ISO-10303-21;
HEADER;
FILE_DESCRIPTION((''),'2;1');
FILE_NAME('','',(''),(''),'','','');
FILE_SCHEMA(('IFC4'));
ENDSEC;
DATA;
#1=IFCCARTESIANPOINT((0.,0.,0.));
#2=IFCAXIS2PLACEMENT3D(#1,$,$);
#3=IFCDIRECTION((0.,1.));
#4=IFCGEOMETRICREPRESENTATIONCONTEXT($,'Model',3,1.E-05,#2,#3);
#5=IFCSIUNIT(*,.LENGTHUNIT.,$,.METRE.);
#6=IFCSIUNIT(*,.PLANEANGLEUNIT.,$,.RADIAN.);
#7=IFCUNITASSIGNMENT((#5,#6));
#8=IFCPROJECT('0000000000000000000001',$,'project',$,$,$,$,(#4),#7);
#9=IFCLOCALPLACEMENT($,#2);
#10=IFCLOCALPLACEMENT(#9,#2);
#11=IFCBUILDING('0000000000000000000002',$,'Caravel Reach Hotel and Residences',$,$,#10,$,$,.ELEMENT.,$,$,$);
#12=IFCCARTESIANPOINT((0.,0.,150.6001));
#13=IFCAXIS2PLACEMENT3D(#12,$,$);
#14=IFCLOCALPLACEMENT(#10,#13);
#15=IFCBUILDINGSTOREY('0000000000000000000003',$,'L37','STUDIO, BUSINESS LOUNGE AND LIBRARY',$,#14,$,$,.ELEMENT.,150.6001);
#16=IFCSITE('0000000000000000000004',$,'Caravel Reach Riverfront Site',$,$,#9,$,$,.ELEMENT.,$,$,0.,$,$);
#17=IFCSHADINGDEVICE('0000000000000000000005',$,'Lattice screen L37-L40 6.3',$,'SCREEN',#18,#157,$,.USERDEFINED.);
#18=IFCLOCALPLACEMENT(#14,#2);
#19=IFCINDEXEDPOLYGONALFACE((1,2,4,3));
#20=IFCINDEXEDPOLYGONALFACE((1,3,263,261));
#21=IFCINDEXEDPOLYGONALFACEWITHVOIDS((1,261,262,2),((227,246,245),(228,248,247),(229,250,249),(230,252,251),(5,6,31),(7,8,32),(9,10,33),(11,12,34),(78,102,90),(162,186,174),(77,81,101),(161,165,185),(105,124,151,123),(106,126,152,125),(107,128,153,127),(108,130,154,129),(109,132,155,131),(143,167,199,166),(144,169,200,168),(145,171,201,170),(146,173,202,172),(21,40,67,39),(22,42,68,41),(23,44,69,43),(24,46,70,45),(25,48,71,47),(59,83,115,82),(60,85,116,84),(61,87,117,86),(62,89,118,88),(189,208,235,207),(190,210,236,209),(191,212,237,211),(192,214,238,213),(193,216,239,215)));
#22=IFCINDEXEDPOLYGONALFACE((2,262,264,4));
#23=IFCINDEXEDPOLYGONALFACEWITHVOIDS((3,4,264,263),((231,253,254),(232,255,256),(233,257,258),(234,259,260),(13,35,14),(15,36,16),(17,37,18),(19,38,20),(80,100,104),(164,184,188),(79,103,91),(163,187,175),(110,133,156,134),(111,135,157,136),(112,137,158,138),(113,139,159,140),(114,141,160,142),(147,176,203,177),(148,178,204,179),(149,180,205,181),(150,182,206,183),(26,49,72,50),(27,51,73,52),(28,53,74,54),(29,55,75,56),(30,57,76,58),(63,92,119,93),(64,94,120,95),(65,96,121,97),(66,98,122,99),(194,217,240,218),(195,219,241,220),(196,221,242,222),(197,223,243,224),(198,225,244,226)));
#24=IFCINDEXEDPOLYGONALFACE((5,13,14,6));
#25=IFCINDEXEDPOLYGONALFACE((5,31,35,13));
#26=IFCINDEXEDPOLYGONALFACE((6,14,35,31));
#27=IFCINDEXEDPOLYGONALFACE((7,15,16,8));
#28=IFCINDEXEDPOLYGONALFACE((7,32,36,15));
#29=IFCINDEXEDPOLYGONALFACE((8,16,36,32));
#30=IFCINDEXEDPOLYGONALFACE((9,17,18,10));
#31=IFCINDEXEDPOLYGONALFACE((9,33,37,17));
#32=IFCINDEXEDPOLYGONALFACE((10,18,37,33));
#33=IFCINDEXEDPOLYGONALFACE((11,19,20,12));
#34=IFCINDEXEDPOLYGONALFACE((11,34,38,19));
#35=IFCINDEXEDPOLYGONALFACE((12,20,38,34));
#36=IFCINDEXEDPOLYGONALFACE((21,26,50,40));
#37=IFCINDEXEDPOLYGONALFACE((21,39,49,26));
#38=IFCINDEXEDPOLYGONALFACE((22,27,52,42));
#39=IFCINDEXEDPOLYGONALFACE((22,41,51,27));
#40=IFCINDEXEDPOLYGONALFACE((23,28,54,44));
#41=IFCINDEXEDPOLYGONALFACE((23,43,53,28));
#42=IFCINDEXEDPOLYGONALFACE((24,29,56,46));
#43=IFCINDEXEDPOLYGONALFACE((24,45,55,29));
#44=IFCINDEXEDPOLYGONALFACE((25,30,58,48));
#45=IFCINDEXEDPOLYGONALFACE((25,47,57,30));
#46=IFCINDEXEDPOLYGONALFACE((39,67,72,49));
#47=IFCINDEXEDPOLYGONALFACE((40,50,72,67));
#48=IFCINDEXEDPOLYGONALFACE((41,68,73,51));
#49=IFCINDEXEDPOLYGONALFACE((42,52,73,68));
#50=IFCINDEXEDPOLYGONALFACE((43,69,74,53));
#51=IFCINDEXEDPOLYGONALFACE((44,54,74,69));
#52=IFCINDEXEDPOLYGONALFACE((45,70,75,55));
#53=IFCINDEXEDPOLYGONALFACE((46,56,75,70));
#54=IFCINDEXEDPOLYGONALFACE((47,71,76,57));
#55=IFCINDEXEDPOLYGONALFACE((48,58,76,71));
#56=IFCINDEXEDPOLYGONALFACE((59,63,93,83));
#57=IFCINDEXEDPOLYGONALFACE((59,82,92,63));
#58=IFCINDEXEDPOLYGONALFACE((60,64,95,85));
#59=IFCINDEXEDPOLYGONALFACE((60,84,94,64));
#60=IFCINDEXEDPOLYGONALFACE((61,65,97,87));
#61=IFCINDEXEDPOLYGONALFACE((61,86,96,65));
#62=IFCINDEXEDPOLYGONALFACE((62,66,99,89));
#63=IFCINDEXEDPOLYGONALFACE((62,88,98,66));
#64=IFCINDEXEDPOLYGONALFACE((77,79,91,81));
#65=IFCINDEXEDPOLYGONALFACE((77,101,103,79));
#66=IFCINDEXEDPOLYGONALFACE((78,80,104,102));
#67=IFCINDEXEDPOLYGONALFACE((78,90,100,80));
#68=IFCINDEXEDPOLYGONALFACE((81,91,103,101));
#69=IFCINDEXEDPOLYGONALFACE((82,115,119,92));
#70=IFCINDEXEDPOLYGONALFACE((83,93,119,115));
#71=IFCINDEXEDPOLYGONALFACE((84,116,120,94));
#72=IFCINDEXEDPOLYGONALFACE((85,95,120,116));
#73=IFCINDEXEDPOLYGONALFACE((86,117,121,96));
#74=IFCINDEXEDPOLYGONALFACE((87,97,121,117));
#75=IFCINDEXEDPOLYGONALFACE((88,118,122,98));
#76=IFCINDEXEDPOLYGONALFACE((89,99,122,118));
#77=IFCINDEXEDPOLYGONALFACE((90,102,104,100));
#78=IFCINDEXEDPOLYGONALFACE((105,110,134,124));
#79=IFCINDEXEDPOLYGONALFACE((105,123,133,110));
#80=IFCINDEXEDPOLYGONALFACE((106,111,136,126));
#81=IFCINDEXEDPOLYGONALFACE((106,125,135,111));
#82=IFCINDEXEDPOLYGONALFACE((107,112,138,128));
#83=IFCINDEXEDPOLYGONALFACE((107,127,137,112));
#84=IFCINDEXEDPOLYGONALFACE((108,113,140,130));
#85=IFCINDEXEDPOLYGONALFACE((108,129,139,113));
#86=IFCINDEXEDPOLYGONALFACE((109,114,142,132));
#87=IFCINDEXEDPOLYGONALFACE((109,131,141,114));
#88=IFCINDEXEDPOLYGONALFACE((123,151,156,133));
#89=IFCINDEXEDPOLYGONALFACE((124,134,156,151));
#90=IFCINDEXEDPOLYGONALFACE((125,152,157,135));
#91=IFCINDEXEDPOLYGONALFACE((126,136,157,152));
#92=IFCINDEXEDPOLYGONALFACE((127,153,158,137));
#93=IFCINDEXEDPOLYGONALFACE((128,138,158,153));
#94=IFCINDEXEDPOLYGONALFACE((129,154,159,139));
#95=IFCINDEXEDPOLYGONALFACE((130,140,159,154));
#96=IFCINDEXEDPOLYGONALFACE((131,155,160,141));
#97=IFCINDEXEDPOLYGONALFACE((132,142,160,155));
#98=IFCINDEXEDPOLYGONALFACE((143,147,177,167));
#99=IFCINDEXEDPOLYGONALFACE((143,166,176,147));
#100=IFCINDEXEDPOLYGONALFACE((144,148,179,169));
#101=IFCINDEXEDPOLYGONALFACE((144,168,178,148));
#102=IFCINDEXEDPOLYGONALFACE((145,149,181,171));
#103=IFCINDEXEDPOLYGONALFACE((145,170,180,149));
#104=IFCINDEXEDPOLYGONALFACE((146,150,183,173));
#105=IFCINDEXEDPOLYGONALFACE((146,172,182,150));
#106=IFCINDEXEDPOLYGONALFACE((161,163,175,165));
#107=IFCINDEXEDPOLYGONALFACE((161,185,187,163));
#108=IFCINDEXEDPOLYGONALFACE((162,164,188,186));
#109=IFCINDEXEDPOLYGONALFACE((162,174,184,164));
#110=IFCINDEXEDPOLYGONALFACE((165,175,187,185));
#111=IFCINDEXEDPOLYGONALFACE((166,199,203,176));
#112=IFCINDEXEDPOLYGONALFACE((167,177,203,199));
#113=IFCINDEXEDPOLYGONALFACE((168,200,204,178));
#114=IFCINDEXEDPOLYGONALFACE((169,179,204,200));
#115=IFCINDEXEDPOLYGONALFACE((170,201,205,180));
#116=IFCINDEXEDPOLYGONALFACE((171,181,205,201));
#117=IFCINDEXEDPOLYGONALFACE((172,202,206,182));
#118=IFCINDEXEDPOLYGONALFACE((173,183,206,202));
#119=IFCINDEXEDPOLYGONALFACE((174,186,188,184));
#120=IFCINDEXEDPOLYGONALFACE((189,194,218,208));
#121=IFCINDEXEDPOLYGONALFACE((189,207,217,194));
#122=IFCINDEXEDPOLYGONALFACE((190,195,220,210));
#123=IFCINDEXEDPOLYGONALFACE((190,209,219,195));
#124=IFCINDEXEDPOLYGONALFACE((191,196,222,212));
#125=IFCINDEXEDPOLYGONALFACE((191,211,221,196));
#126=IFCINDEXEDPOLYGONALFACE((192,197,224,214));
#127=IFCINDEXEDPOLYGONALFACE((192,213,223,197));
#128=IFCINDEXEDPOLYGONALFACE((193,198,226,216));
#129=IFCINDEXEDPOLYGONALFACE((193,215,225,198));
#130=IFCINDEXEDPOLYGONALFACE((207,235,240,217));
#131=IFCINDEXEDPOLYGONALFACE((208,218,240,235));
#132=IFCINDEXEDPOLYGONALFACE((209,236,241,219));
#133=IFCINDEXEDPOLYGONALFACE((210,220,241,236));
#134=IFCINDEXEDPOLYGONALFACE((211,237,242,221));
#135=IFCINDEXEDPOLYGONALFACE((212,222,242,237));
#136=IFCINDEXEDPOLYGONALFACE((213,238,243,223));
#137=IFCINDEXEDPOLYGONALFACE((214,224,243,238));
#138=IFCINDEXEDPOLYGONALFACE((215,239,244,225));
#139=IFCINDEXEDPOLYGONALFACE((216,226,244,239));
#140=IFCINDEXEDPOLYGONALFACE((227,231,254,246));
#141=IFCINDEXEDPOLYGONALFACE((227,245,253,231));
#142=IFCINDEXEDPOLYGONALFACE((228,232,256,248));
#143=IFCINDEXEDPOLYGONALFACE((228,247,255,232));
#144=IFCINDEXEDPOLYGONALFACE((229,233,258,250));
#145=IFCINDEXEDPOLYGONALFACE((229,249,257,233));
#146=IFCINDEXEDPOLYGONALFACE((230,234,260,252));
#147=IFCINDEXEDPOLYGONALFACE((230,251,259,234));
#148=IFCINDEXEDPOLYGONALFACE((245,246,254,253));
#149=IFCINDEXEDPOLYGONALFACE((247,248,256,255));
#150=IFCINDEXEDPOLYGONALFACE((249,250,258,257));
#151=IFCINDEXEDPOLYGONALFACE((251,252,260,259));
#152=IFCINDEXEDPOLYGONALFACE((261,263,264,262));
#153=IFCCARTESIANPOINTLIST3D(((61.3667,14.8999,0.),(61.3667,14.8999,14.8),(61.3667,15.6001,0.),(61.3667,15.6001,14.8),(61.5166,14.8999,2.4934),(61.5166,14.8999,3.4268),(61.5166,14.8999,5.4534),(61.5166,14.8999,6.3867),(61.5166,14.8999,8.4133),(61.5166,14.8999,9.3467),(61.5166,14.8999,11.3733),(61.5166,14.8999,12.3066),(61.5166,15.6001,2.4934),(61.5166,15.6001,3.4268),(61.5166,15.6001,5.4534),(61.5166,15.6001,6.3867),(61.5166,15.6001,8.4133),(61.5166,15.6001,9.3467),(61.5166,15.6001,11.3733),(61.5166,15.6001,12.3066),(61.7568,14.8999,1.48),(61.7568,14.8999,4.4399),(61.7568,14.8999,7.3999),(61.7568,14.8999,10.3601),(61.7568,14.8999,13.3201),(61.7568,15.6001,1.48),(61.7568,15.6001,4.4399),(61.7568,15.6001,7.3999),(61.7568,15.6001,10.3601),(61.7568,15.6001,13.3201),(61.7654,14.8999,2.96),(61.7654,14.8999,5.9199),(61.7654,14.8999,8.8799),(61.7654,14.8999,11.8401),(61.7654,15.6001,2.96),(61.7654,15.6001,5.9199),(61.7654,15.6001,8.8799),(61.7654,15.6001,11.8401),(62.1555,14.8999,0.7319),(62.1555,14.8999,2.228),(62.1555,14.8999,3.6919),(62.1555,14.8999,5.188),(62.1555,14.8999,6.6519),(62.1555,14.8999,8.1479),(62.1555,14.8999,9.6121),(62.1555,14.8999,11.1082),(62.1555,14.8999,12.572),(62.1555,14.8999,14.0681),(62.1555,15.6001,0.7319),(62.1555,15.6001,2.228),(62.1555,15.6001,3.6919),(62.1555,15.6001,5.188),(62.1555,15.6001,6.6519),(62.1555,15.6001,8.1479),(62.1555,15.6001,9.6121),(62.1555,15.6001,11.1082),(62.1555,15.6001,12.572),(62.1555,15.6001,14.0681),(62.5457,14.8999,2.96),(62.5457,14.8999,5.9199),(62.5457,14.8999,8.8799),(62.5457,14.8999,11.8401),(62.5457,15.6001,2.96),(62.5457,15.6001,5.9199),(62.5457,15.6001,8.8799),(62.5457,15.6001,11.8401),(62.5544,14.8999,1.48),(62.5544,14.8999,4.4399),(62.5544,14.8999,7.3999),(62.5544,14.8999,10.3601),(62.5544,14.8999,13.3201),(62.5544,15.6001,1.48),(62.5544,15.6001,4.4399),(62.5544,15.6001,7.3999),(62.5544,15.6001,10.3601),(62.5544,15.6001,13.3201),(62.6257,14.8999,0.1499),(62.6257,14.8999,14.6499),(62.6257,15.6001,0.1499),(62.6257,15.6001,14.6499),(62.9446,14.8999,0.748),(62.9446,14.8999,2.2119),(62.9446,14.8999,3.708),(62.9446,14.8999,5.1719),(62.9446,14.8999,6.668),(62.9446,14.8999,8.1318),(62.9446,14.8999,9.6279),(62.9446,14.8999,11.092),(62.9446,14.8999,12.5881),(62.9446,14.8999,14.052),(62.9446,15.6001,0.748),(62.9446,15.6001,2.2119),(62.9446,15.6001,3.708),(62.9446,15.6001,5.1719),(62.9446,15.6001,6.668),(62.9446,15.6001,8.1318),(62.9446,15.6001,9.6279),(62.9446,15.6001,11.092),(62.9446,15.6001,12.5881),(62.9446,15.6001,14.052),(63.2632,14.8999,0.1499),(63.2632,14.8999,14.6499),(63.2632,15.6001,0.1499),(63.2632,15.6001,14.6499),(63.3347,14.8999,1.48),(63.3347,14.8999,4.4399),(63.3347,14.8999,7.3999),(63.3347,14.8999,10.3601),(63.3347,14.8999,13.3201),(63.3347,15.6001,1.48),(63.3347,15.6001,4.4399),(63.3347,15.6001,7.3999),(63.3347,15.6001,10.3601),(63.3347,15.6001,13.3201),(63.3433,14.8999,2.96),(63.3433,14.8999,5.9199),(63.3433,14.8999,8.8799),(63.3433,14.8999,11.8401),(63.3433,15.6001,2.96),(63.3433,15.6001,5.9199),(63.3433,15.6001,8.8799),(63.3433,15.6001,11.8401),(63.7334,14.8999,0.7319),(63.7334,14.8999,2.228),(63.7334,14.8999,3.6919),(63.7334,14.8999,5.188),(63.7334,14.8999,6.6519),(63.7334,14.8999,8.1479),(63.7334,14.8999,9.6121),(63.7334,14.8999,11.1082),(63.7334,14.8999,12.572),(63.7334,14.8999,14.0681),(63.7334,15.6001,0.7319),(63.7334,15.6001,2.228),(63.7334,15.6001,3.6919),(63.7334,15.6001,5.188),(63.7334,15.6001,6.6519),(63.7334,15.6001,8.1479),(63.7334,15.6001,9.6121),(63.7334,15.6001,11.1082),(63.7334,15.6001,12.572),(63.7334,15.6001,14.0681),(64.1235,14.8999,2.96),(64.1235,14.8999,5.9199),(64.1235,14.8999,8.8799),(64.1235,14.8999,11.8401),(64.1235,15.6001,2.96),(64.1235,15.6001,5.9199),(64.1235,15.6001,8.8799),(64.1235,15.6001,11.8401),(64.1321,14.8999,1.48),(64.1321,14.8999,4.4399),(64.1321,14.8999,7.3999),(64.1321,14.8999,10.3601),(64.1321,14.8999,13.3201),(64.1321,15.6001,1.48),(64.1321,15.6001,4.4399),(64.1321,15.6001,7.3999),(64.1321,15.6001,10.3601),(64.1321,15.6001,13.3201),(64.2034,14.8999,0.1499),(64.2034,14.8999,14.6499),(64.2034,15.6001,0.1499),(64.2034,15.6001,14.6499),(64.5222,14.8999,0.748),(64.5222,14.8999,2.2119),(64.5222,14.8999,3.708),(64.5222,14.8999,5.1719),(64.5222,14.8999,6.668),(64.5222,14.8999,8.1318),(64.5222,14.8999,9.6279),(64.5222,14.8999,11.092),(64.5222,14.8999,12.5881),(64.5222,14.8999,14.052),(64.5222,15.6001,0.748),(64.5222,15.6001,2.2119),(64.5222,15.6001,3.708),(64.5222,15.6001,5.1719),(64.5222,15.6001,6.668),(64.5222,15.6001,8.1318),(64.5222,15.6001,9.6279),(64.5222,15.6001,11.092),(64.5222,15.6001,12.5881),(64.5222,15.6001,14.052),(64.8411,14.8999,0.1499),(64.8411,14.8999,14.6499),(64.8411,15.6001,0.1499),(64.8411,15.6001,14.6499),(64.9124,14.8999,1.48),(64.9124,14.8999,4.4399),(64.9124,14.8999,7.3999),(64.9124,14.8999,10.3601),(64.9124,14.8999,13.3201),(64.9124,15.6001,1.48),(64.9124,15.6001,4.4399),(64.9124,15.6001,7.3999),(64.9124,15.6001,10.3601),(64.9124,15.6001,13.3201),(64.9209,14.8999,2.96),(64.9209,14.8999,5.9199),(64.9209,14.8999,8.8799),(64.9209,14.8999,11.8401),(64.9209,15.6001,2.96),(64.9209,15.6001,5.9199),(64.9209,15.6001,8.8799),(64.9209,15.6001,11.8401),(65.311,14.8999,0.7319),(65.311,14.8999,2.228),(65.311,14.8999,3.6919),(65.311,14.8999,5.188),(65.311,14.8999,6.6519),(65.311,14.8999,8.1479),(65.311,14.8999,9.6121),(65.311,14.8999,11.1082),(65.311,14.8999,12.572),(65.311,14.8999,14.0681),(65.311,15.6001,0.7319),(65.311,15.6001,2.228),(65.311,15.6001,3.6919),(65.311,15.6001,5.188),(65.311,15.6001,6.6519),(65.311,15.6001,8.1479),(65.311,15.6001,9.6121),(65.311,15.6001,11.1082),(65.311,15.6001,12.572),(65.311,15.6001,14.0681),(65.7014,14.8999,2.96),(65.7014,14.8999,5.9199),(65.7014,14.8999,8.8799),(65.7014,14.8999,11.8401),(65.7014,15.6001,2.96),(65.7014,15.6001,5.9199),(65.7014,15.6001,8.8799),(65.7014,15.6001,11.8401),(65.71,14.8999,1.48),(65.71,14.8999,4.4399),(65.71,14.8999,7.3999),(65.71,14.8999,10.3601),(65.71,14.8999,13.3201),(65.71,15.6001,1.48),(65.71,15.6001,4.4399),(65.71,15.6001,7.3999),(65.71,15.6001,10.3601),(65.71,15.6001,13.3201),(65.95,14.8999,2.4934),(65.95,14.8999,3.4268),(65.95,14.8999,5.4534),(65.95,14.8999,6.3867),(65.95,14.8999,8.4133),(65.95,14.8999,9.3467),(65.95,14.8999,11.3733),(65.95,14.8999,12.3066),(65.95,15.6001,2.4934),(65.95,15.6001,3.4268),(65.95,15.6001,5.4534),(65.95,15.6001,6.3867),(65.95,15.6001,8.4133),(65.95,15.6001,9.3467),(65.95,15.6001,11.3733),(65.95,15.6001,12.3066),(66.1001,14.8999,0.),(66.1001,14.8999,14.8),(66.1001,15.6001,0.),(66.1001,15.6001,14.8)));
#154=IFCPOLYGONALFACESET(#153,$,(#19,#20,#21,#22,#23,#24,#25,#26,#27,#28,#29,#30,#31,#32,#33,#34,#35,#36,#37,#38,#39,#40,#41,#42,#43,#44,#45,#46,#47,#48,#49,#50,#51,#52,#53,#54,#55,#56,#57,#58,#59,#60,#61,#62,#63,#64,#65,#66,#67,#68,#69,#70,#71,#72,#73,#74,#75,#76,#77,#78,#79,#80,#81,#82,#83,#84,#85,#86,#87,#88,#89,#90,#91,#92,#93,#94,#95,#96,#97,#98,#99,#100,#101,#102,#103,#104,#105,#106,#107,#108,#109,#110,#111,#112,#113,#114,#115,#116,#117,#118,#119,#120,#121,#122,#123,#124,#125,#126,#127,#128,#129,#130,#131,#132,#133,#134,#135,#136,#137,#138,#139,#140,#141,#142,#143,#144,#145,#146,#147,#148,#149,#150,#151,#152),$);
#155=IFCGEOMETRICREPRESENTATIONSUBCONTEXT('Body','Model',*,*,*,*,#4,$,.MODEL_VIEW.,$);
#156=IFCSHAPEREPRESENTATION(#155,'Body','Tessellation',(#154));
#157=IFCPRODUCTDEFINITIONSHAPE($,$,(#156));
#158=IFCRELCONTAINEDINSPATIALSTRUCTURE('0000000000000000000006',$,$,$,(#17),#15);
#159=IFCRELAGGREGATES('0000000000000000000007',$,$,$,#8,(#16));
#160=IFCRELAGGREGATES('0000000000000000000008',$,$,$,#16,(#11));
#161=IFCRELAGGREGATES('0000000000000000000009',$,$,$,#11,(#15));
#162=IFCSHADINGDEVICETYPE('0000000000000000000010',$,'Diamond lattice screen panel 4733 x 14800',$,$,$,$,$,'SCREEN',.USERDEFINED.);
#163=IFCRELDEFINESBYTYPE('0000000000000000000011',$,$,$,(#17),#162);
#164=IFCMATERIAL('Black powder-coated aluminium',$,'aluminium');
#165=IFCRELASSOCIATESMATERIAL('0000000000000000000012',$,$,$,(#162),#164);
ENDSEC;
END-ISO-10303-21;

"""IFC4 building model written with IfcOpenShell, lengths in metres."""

from ifc_helpers import new_model, si_unit, direction, frame, origin, place, context, subcontext, project, spatial, polyline, outline, extrude, material, type_object, element, save


model = new_model("IFC4")

# Units and contexts
model_context = context("Model", 3, precision=1e-05, world=origin(), true_north=direction((0.0, 1.0)))
body_context = subcontext(model_context, "Body", "Model", "MODEL_VIEW")
ifc_project = project(units=[si_unit("LENGTHUNIT", "METRE"), si_unit("PLANEANGLEUNIT", "RADIAN")], contexts=[model_context])

# Site, building, storey
site_placement = place(None, origin())
site = spatial("IfcSite", under=ifc_project, at=site_placement, Name="Caravel Reach Riverfront Site", CompositionType="ELEMENT", RefElevation=0.0)
building_placement = place(site_placement, origin())
building = spatial("IfcBuilding", under=site, at=building_placement, Name="Caravel Reach Hotel and Residences", CompositionType="ELEMENT")
storey_placement = place(building_placement, frame((0.0, 0.0, 150.6001)))
storey = spatial("IfcBuildingStorey", under=building, at=storey_placement, Name="L37", Description="STUDIO, BUSINESS LOUNGE AND LIBRARY", CompositionType="ELEMENT", Elevation=150.6001)

# Shading device
ifc_material_1 = material(Name="Black powder-coated aluminium", Category="aluminium")
shading_device_type_1 = type_object("IfcShadingDeviceType", Name="Diamond lattice screen panel 4733 x 14800", ElementType="SCREEN", PredefinedType="USERDEFINED", material=ifc_material_1)
shading_device_1_placement = place(storey_placement, frame((61.3667, 15.6001, 0.0), z_axis=(0.0, -1.0, 0.0), x_axis=(1.0, 0.0, 0.0)))
element("IfcShadingDevice", 1, at=shading_device_1_placement, inside=storey, type_object=shading_device_type_1, Name="Lattice screen L37-L40 6.3", ObjectType="SCREEN", PredefinedType="USERDEFINED", context=body_context, shape_type="SweptSolid", body=[
    extrude(outline(polyline([(0.0, 0.0), (4.7334, 0.0), (4.7334, 14.8), (0.0, 14.8), (0.0, 0.0)]), holes=[polyline([(0.3987, 2.96), (0.1499, 3.4268), (0.1499, 2.4934), (0.3987, 2.96)]), polyline([(0.3987, 5.9199), (0.1499, 6.3867), (0.1499, 5.4534), (0.3987, 5.9199)]), polyline([(0.3987, 8.8799), (0.1499, 9.3467), (0.1499, 8.4133), (0.3987, 8.8799)]), polyline([(0.3987, 11.8401), (0.1499, 12.3066), (0.1499, 11.3733), (0.3987, 11.8401)]), polyline([(0.7888, 2.228), (0.3901, 1.48), (0.7888, 0.7319), (1.1877, 1.48), (0.7888, 2.228)]), polyline([(0.7888, 5.188), (0.3901, 4.4399), (0.7888, 3.6919), (1.1877, 4.4399), (0.7888, 5.188)]), polyline([(0.7888, 8.1479), (0.3901, 7.3999), (0.7888, 6.6519), (1.1877, 7.3999), (0.7888, 8.1479)]), polyline([(0.7888, 11.1082), (0.3901, 10.3601), (0.7888, 9.6121), (1.1877, 10.3601), (0.7888, 11.1082)]), polyline([(0.7888, 14.0681), (0.3901, 13.3201), (0.7888, 12.572), (1.1877, 13.3201), (0.7888, 14.0681)]), polyline([(1.5779, 0.748), (1.259, 0.1499), (1.8965, 0.1499), (1.5779, 0.748)]), polyline([(1.5779, 3.708), (1.179, 2.96), (1.5779, 2.2119), (1.9766, 2.96), (1.5779, 3.708)]), polyline([(1.5779, 6.668), (1.179, 5.9199), (1.5779, 5.1719), (1.9766, 5.9199), (1.5779, 6.668)]), polyline([(1.5779, 9.6279), (1.179, 8.8799), (1.5779, 8.1318), (1.9766, 8.8799), (1.5779, 9.6279)]), polyline([(1.5779, 12.5881), (1.179, 11.8401), (1.5779, 11.092), (1.9766, 11.8401), (1.5779, 12.5881)]), polyline([(1.5779, 14.052), (1.8965, 14.6499), (1.259, 14.6499), (1.5779, 14.052)]), polyline([(2.3667, 2.228), (1.968, 1.48), (2.3667, 0.7319), (2.7654, 1.48), (2.3667, 2.228)]), polyline([(2.3667, 5.188), (1.968, 4.4399), (2.3667, 3.6919), (2.7654, 4.4399), (2.3667, 5.188)]), polyline([(2.3667, 8.1479), (1.968, 7.3999), (2.3667, 6.6519), (2.7654, 7.3999), (2.3667, 8.1479)]), polyline([(2.3667, 11.1082), (1.968, 10.3601), (2.3667, 9.6121), (2.7654, 10.3601), (2.3667, 11.1082)]), polyline([(2.3667, 14.0681), (1.968, 13.3201), (2.3667, 12.572), (2.7654, 13.3201), (2.3667, 14.0681)]), polyline([(3.1555, 0.748), (2.8367, 0.1499), (3.4744, 0.1499), (3.1555, 0.748)]), polyline([(3.1555, 3.708), (2.7568, 2.96), (3.1555, 2.2119), (3.5542, 2.96), (3.1555, 3.708)]), polyline([(3.1555, 6.668), (2.7568, 5.9199), (3.1555, 5.1719), (3.5542, 5.9199), (3.1555, 6.668)]), polyline([(3.1555, 9.6279), (2.7568, 8.8799), (3.1555, 8.1318), (3.5542, 8.8799), (3.1555, 9.6279)]), polyline([(3.1555, 12.5881), (2.7568, 11.8401), (3.1555, 11.092), (3.5542, 11.8401), (3.1555, 12.5881)]), polyline([(3.1555, 14.052), (3.4744, 14.6499), (2.8367, 14.6499), (3.1555, 14.052)]), polyline([(3.9443, 2.228), (3.5457, 1.48), (3.9443, 0.7319), (4.3433, 1.48), (3.9443, 2.228)]), polyline([(3.9443, 5.188), (3.5457, 4.4399), (3.9443, 3.6919), (4.3433, 4.4399), (3.9443, 5.188)]), polyline([(3.9443, 8.1479), (3.5457, 7.3999), (3.9443, 6.6519), (4.3433, 7.3999), (3.9443, 8.1479)]), polyline([(3.9443, 11.1082), (3.5457, 10.3601), (3.9443, 9.6121), (4.3433, 10.3601), (3.9443, 11.1082)]), polyline([(3.9443, 14.0681), (3.5457, 13.3201), (3.9443, 12.572), (4.3433, 13.3201), (3.9443, 14.0681)]), polyline([(4.3347, 2.96), (4.5833, 2.4934), (4.5833, 3.4268), (4.3347, 2.96)]), polyline([(4.3347, 5.9199), (4.5833, 5.4534), (4.5833, 6.3867), (4.3347, 5.9199)]), polyline([(4.3347, 8.8799), (4.5833, 8.4133), (4.5833, 9.3467), (4.3347, 8.8799)]), polyline([(4.3347, 11.8401), (4.5833, 11.3733), (4.5833, 12.3066), (4.3347, 11.8401)])]), origin(), (0.0, 0.0, 1.0), 0.7002),
])

save(model, "model.ifc")
